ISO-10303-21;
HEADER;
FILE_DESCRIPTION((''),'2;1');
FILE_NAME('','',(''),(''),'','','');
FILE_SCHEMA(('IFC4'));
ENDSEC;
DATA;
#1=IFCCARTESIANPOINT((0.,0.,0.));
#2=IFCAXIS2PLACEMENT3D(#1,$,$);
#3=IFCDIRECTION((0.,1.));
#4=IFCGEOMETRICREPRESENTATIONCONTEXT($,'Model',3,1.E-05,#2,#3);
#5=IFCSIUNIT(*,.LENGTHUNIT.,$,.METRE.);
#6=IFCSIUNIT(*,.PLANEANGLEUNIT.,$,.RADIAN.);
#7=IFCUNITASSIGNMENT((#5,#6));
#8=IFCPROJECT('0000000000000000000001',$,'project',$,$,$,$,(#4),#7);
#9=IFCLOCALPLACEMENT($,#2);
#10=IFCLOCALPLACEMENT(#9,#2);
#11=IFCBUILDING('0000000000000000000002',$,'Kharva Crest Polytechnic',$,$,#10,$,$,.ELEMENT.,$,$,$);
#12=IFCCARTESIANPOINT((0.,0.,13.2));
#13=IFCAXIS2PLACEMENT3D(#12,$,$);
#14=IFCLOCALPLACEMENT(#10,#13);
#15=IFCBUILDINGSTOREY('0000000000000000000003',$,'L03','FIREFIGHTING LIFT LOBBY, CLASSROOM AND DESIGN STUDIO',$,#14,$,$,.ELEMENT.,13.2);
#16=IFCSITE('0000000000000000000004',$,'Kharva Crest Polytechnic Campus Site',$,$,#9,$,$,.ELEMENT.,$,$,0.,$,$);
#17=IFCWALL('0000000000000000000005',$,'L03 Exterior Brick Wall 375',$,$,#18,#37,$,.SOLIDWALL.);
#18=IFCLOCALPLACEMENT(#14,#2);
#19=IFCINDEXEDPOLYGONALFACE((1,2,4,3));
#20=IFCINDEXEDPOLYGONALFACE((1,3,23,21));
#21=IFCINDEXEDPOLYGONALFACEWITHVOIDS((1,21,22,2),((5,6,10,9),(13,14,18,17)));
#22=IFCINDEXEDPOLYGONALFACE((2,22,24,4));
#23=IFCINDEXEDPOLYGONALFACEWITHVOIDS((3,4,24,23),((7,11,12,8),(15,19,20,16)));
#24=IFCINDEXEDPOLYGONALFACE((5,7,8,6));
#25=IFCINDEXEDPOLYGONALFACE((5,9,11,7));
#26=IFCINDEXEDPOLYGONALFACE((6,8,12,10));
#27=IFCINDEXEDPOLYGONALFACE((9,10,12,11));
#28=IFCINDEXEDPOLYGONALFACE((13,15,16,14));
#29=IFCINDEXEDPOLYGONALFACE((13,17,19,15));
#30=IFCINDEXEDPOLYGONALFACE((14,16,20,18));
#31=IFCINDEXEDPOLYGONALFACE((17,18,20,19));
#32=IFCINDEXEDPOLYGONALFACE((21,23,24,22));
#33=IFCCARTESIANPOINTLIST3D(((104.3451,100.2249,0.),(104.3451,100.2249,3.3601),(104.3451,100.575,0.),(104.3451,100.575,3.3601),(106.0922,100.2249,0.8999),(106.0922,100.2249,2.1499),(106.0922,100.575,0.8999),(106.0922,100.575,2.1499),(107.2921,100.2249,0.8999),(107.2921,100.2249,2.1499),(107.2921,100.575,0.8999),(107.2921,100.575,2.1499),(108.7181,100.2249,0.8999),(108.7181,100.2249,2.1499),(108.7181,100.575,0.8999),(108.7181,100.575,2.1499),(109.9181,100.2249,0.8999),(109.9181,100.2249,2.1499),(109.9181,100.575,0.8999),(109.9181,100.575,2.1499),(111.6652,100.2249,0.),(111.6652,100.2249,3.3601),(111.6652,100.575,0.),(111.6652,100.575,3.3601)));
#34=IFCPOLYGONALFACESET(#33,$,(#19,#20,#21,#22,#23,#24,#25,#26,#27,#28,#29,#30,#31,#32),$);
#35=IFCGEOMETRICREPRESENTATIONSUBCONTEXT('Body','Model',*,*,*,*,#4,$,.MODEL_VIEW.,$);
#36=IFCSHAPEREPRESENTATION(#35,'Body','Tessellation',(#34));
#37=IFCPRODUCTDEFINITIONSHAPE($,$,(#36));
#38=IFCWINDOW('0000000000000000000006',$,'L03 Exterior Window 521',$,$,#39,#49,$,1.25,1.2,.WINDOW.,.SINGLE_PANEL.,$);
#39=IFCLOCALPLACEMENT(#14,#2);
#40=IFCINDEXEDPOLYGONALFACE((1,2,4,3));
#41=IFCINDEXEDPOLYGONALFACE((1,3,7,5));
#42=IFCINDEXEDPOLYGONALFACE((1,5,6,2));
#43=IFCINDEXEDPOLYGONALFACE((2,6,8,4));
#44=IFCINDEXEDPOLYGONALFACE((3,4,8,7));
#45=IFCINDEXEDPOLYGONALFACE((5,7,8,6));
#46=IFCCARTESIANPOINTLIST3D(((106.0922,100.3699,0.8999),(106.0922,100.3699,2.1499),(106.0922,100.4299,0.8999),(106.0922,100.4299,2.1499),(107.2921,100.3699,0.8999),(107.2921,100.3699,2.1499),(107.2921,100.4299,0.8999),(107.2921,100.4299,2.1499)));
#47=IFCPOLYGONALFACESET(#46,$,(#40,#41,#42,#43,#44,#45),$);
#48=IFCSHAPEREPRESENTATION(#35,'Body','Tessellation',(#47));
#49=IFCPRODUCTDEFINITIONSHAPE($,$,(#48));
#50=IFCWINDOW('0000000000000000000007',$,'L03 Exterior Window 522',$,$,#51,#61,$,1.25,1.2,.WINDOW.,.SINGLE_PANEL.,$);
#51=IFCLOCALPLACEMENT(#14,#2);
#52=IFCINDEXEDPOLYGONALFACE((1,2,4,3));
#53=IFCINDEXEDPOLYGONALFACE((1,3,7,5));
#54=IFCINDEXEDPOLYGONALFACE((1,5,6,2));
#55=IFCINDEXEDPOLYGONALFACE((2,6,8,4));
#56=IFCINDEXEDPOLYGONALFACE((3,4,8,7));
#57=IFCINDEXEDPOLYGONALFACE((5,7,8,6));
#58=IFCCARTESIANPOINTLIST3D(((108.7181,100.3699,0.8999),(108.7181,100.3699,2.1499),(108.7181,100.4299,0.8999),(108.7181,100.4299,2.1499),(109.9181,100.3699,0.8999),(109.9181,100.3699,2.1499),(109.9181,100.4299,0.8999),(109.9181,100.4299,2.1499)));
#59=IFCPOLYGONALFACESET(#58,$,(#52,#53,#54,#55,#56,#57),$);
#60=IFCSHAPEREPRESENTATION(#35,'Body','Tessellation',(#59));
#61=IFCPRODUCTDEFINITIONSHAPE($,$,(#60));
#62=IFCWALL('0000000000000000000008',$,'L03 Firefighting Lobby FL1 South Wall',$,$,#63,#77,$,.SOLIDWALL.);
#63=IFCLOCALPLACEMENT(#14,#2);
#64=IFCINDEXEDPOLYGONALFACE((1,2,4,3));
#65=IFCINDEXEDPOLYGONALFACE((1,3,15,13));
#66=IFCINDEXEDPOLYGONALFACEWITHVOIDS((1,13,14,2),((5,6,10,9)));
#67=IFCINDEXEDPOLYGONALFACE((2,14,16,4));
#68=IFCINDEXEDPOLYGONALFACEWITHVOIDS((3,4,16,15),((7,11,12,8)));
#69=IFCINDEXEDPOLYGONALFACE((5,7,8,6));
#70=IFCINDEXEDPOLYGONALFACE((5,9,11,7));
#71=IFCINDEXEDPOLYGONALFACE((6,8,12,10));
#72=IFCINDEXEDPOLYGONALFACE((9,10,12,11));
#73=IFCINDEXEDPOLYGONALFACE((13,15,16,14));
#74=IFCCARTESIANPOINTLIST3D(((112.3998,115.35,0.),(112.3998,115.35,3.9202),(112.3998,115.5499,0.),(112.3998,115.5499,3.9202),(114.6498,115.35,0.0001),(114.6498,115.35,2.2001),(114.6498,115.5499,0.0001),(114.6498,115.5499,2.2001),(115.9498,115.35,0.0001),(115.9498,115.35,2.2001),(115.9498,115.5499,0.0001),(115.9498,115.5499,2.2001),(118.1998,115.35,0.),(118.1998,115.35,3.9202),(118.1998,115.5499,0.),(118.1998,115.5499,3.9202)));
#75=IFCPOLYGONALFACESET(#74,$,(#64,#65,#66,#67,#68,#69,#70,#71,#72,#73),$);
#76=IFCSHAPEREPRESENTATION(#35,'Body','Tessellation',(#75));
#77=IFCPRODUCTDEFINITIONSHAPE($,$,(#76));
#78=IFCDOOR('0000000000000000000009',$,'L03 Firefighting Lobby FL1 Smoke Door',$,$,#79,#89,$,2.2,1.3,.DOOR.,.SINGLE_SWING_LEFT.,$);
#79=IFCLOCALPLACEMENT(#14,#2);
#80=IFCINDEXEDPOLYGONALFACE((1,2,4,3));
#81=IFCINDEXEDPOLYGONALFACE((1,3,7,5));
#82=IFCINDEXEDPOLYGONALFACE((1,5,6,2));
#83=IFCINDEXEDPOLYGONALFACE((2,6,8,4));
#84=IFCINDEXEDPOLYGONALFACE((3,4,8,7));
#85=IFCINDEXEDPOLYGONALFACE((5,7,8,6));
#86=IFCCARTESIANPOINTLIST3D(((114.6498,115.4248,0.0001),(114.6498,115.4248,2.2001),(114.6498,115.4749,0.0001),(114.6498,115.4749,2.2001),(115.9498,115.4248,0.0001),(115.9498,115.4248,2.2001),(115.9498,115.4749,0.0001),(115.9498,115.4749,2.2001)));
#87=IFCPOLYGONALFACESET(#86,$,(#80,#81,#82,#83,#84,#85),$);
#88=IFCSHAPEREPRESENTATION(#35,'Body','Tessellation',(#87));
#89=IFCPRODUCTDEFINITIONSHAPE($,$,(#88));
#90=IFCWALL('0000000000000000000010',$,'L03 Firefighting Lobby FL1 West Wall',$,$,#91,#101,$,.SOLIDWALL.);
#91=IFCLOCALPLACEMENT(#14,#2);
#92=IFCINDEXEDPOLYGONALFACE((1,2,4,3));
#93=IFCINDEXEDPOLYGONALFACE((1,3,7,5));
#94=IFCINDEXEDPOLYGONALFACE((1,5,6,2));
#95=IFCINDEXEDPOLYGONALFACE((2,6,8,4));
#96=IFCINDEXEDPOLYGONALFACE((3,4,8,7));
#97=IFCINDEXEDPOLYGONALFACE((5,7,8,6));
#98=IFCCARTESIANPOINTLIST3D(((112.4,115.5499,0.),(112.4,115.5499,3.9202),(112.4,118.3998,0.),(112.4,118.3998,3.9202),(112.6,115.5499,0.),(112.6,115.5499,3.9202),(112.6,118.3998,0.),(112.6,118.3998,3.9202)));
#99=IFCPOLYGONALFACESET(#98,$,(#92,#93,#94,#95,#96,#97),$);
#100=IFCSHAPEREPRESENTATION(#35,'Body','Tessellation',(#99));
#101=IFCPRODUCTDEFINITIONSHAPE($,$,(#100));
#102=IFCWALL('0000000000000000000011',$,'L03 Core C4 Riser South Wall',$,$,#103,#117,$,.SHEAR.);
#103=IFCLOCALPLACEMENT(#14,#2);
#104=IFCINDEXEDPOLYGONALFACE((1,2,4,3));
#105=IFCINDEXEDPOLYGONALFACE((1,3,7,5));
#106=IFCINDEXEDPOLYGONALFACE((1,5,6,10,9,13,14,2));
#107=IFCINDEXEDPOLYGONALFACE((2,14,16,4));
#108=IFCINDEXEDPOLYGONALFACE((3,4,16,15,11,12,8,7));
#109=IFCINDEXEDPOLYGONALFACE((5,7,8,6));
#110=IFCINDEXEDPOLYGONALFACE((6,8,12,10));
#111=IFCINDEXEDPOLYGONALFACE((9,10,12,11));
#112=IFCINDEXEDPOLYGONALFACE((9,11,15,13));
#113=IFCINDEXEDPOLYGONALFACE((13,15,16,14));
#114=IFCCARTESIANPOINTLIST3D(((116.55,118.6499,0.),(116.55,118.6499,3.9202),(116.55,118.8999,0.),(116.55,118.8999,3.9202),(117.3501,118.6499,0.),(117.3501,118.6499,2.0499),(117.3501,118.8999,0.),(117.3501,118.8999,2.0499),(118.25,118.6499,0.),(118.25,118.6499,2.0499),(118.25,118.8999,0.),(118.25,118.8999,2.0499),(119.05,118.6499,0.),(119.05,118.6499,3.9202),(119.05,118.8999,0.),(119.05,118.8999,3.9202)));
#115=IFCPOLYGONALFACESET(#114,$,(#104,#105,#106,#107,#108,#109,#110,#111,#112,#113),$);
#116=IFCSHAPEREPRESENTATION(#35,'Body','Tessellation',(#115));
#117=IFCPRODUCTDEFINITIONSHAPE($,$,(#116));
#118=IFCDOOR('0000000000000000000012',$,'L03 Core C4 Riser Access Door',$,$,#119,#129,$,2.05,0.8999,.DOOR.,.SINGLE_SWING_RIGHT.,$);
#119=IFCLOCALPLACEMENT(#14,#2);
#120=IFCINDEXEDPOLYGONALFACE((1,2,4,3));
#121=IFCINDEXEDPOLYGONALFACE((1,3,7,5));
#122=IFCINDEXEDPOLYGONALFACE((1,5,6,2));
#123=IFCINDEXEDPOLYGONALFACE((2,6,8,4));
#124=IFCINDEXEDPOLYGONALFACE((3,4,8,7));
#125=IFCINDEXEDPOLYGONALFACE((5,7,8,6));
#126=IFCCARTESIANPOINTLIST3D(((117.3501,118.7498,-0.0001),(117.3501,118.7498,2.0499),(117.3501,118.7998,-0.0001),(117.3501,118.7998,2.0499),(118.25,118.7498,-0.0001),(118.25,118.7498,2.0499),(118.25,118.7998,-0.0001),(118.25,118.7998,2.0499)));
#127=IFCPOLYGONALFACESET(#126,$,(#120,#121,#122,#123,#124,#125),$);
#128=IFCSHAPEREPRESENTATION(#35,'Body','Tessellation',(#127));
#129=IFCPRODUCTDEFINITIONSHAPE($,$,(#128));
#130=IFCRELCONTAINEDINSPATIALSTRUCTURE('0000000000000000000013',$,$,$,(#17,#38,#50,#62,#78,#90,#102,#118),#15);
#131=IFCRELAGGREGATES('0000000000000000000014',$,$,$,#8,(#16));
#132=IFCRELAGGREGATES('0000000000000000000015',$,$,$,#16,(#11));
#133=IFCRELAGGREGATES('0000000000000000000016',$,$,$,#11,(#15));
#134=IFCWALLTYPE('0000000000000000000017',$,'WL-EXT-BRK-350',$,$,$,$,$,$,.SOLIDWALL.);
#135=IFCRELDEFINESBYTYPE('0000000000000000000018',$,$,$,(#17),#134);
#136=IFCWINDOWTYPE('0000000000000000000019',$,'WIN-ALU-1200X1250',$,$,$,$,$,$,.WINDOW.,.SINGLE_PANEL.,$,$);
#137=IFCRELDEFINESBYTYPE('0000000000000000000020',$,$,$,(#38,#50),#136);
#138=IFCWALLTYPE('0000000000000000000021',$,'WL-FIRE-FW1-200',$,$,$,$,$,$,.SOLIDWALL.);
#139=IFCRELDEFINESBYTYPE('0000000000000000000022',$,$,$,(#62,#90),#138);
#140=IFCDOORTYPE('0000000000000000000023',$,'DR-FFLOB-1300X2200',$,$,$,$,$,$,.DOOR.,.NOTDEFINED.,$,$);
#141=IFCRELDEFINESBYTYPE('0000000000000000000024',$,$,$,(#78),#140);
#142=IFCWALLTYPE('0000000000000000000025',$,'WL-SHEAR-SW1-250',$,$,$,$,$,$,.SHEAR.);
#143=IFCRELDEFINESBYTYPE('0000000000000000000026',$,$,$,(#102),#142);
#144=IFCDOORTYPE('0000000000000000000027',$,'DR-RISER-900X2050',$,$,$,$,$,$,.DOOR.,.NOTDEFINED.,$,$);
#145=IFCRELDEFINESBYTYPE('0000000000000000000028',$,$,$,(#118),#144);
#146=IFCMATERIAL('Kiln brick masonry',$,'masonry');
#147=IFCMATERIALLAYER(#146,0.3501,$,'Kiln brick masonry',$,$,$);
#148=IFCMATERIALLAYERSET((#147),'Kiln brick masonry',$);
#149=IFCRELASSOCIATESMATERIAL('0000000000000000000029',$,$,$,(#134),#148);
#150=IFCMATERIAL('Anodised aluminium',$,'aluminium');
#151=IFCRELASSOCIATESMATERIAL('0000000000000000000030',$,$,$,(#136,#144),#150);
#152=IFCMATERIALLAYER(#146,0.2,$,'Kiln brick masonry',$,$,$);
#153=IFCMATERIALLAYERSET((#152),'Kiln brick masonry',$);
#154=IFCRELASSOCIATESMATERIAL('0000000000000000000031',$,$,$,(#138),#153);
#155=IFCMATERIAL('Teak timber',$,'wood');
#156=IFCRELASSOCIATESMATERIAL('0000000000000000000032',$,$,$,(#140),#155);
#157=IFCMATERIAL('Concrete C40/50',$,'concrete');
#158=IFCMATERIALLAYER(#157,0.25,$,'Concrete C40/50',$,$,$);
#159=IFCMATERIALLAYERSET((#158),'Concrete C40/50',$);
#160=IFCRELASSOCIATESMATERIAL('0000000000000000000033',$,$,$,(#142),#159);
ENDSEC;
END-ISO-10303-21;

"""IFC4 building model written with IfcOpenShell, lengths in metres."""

from ifc_helpers import new_model, si_unit, direction, frame, frame_2d, origin, place, context, subcontext, project, spatial, rectangle, extrude, material, layer, layer_set, type_object, element, fill, save


model = new_model("IFC4")

# Units and contexts
model_context = context("Model", 3, precision=1e-05, world=origin(), true_north=direction((0.0, 1.0)))
body_context = subcontext(model_context, "Body", "Model", "MODEL_VIEW")
ifc_project = project(units=[si_unit("LENGTHUNIT", "METRE"), si_unit("PLANEANGLEUNIT", "RADIAN")], contexts=[model_context])

# Site, building, storey
site_placement = place(None, origin())
site = spatial("IfcSite", under=ifc_project, at=site_placement, Name="Kharva Crest Polytechnic Campus Site", CompositionType="ELEMENT", RefElevation=0.0)
building_placement = place(site_placement, origin())
building = spatial("IfcBuilding", under=site, at=building_placement, Name="Kharva Crest Polytechnic", CompositionType="ELEMENT")
storey_placement = place(building_placement, frame((0.0, 0.0, 13.2)))
storey = spatial("IfcBuildingStorey", under=building, at=storey_placement, Name="L03", Description="FIREFIGHTING LIFT LOBBY, CLASSROOM AND DESIGN STUDIO", CompositionType="ELEMENT", Elevation=13.2)

# Shared definitions
ifc_material_1 = material(Name="Concrete C40/50", Category="concrete")

# Shared definitions
ifc_material_2 = material(Name="Kiln brick masonry", Category="masonry")
ifc_material_3 = material(Name="Anodised aluminium", Category="aluminium")

# Wall, openings, windows
ifc_layer_1 = layer(ifc_material_2, 0.3501, Name="Kiln brick masonry")
ifc_layer_set_1 = layer_set([ifc_layer_1], Name="Kiln brick masonry")
wall_type_1 = type_object("IfcWallType", Name="WL-EXT-BRK-350", PredefinedType="SOLIDWALL", material=ifc_layer_set_1)
wall_1_placement = place(storey_placement, frame((104.345, 100.3999, 0.0), z_axis=(0.0, 0.0, 1.0), x_axis=(1.0, 0.0, 0.0)))
wall_1 = element("IfcWall", 1, at=wall_1_placement, inside=storey, type_object=wall_type_1, Name="L03 Exterior Brick Wall 375", PredefinedType="SOLIDWALL", context=body_context, shape_type="SweptSolid", body=[
    extrude(rectangle(XDim=7.3201, YDim=0.3501, at=frame_2d((3.6602, 0.0))), origin(), (0.0, 0.0, 1.0), 3.3601),
])
opening_1_placement = place(wall_1_placement, frame((1.7471, 0.0, 0.8999)))
opening_1 = element("IfcOpeningElement", 2, at=opening_1_placement, cuts=wall_1, PredefinedType="OPENING", context=body_context, shape_type="SweptSolid", body=[
    extrude(rectangle(XDim=1.2, YDim=1.25, at=frame_2d((0.6001, 0.625))), frame((0.0, 0.1851, 0.0), z_axis=(0.0, -1.0, 0.0), x_axis=(1.0, 0.0, 0.0)), (0.0, 0.0, 1.0), 0.3701),
])
opening_2_placement = place(wall_1_placement, frame((4.373, 0.0, 0.8999)))
opening_2 = element("IfcOpeningElement", 3, at=opening_2_placement, cuts=wall_1, PredefinedType="OPENING", context=body_context, shape_type="SweptSolid", body=[
    extrude(rectangle(XDim=1.2, YDim=1.25, at=frame_2d((0.6001, 0.625))), frame((0.0, 0.1851, 0.0), z_axis=(0.0, -1.0, 0.0), x_axis=(1.0, 0.0, 0.0)), (0.0, 0.0, 1.0), 0.3701),
])
window_type_1 = type_object("IfcWindowType", Name="WIN-ALU-1200X1250", PartitioningType="SINGLE_PANEL", PredefinedType="WINDOW", material=ifc_material_3)
window_1_placement = place(opening_1_placement, origin())
window_1 = element("IfcWindow", 4, at=window_1_placement, inside=storey, type_object=window_type_1, Name="L03 Exterior Window 521", OverallHeight=1.25, OverallWidth=1.2, PartitioningType="SINGLE_PANEL", PredefinedType="WINDOW", context=body_context, shape_type="SweptSolid", body=[
    extrude(rectangle(XDim=1.2, YDim=1.25, at=frame_2d((0.6001, 0.625))), frame((0.0, 0.03, 0.0), z_axis=(0.0, -1.0, 0.0), x_axis=(1.0, 0.0, 0.0)), (0.0, 0.0, 1.0), 0.0601),
])
fill(opening_1, window_1)
window_2_placement = place(opening_2_placement, origin())
window_2 = element("IfcWindow", 5, at=window_2_placement, inside=storey, type_object=window_type_1, Name="L03 Exterior Window 522", OverallHeight=1.25, OverallWidth=1.2, PartitioningType="SINGLE_PANEL", PredefinedType="WINDOW", context=body_context, shape_type="SweptSolid", body=[
    extrude(rectangle(XDim=1.2, YDim=1.25, at=frame_2d((0.6001, 0.625))), frame((0.0, 0.03, 0.0), z_axis=(0.0, -1.0, 0.0), x_axis=(1.0, 0.0, 0.0)), (0.0, 0.0, 1.0), 0.0601),
])
fill(opening_2, window_2)

# Wall, opening, door
ifc_layer_2 = layer(ifc_material_2, 0.2, Name="Kiln brick masonry")
ifc_layer_set_2 = layer_set([ifc_layer_2], Name="Kiln brick masonry")
wall_type_2 = type_object("IfcWallType", Name="WL-FIRE-FW1-200", PredefinedType="SOLIDWALL", material=ifc_layer_set_2)
wall_2_placement = place(storey_placement, frame((112.3999, 115.45, 0.0), z_axis=(0.0, 0.0, 1.0), x_axis=(1.0, 0.0, 0.0)))
wall_2 = element("IfcWall", 6, at=wall_2_placement, inside=storey, type_object=wall_type_2, Name="L03 Firefighting Lobby FL1 South Wall", PredefinedType="SOLIDWALL", context=body_context, shape_type="SweptSolid", body=[
    extrude(rectangle(XDim=5.8, YDim=0.2, at=frame_2d((2.8999, 0.0))), origin(), (0.0, 0.0, 1.0), 3.9202),
])
opening_3_placement = place(wall_2_placement, frame((2.25, 0.0, 0.0)))
opening_3 = element("IfcOpeningElement", 7, at=opening_3_placement, cuts=wall_2, PredefinedType="OPENING", context=body_context, shape_type="SweptSolid", body=[
    extrude(rectangle(XDim=1.3, YDim=2.2, at=frame_2d((0.6499, 1.1001))), frame((0.0, 0.1099, 0.0), z_axis=(0.0, -1.0, 0.0), x_axis=(1.0, 0.0, 0.0)), (0.0, 0.0, 1.0), 0.22),
])
ifc_material_4 = material(Name="Teak timber", Category="wood")
door_type_1 = type_object("IfcDoorType", Name="DR-FFLOB-1300X2200", OperationType="NOTDEFINED", PredefinedType="DOOR", material=ifc_material_4)
door_1_placement = place(opening_3_placement, origin())
door_1 = element("IfcDoor", 8, at=door_1_placement, inside=storey, type_object=door_type_1, Name="L03 Firefighting Lobby FL1 Smoke Door", OperationType="SINGLE_SWING_LEFT", OverallHeight=2.2, OverallWidth=1.3, PredefinedType="DOOR", context=body_context, shape_type="SweptSolid", body=[
    extrude(rectangle(XDim=1.3, YDim=2.2, at=frame_2d((0.6499, 1.1001))), frame((0.0, 0.0249, 0.0), z_axis=(0.0, -1.0, 0.0), x_axis=(1.0, 0.0, 0.0)), (0.0, 0.0, 1.0), 0.05),
])
fill(opening_3, door_1)

# Wall
wall_3_placement = place(storey_placement, frame((112.5, 115.55, 0.0), z_axis=(0.0, 0.0, 1.0), x_axis=(0.0, 1.0, 0.0)))
element("IfcWall", 9, at=wall_3_placement, inside=storey, type_object=wall_type_2, Name="L03 Firefighting Lobby FL1 West Wall", PredefinedType="SOLIDWALL", context=body_context, shape_type="SweptSolid", body=[
    extrude(rectangle(XDim=2.8499, YDim=0.2, at=frame_2d((1.4248, 0.0))), origin(), (0.0, 0.0, 1.0), 3.9202),
])

# Wall, opening, door
ifc_layer_3 = layer(ifc_material_1, 0.25, Name="Concrete C40/50")
ifc_layer_set_3 = layer_set([ifc_layer_3], Name="Concrete C40/50")
wall_type_3 = type_object("IfcWallType", Name="WL-SHEAR-SW1-250", PredefinedType="SHEAR", material=ifc_layer_set_3)
wall_4_placement = place(storey_placement, frame((116.55, 118.7749, 0.0), z_axis=(0.0, 0.0, 1.0), x_axis=(1.0, 0.0, 0.0)))
wall_4 = element("IfcWall", 10, at=wall_4_placement, inside=storey, type_object=wall_type_3, Name="L03 Core C4 Riser South Wall", PredefinedType="SHEAR", context=body_context, shape_type="SweptSolid", body=[
    extrude(rectangle(XDim=2.5, YDim=0.25, at=frame_2d((1.25, 0.0))), origin(), (0.0, 0.0, 1.0), 3.9202),
])
opening_4_placement = place(wall_4_placement, frame((0.8, 0.0, 0.0)))
opening_4 = element("IfcOpeningElement", 11, at=opening_4_placement, cuts=wall_4, PredefinedType="OPENING", context=body_context, shape_type="SweptSolid", body=[
    extrude(rectangle(XDim=0.8999, YDim=2.05, at=frame_2d((0.45, 1.0249))), frame((0.0, 0.135, 0.0), z_axis=(0.0, -1.0, 0.0), x_axis=(1.0, 0.0, 0.0)), (0.0, 0.0, 1.0), 0.27),
])
door_type_2 = type_object("IfcDoorType", Name="DR-RISER-900X2050", OperationType="NOTDEFINED", PredefinedType="DOOR", material=ifc_material_3)
door_2_placement = place(opening_4_placement, origin())
door_2 = element("IfcDoor", 12, at=door_2_placement, inside=storey, type_object=door_type_2, Name="L03 Core C4 Riser Access Door", OperationType="SINGLE_SWING_RIGHT", OverallHeight=2.05, OverallWidth=0.8999, PredefinedType="DOOR", context=body_context, shape_type="SweptSolid", body=[
    extrude(rectangle(XDim=0.8999, YDim=2.05, at=frame_2d((0.45, 1.0249))), frame((0.0, 0.0249, 0.0), z_axis=(0.0, -1.0, 0.0), x_axis=(1.0, 0.0, 0.0)), (0.0, 0.0, 1.0), 0.05),
])
fill(opening_4, door_2)

save(model, "model.ifc")
